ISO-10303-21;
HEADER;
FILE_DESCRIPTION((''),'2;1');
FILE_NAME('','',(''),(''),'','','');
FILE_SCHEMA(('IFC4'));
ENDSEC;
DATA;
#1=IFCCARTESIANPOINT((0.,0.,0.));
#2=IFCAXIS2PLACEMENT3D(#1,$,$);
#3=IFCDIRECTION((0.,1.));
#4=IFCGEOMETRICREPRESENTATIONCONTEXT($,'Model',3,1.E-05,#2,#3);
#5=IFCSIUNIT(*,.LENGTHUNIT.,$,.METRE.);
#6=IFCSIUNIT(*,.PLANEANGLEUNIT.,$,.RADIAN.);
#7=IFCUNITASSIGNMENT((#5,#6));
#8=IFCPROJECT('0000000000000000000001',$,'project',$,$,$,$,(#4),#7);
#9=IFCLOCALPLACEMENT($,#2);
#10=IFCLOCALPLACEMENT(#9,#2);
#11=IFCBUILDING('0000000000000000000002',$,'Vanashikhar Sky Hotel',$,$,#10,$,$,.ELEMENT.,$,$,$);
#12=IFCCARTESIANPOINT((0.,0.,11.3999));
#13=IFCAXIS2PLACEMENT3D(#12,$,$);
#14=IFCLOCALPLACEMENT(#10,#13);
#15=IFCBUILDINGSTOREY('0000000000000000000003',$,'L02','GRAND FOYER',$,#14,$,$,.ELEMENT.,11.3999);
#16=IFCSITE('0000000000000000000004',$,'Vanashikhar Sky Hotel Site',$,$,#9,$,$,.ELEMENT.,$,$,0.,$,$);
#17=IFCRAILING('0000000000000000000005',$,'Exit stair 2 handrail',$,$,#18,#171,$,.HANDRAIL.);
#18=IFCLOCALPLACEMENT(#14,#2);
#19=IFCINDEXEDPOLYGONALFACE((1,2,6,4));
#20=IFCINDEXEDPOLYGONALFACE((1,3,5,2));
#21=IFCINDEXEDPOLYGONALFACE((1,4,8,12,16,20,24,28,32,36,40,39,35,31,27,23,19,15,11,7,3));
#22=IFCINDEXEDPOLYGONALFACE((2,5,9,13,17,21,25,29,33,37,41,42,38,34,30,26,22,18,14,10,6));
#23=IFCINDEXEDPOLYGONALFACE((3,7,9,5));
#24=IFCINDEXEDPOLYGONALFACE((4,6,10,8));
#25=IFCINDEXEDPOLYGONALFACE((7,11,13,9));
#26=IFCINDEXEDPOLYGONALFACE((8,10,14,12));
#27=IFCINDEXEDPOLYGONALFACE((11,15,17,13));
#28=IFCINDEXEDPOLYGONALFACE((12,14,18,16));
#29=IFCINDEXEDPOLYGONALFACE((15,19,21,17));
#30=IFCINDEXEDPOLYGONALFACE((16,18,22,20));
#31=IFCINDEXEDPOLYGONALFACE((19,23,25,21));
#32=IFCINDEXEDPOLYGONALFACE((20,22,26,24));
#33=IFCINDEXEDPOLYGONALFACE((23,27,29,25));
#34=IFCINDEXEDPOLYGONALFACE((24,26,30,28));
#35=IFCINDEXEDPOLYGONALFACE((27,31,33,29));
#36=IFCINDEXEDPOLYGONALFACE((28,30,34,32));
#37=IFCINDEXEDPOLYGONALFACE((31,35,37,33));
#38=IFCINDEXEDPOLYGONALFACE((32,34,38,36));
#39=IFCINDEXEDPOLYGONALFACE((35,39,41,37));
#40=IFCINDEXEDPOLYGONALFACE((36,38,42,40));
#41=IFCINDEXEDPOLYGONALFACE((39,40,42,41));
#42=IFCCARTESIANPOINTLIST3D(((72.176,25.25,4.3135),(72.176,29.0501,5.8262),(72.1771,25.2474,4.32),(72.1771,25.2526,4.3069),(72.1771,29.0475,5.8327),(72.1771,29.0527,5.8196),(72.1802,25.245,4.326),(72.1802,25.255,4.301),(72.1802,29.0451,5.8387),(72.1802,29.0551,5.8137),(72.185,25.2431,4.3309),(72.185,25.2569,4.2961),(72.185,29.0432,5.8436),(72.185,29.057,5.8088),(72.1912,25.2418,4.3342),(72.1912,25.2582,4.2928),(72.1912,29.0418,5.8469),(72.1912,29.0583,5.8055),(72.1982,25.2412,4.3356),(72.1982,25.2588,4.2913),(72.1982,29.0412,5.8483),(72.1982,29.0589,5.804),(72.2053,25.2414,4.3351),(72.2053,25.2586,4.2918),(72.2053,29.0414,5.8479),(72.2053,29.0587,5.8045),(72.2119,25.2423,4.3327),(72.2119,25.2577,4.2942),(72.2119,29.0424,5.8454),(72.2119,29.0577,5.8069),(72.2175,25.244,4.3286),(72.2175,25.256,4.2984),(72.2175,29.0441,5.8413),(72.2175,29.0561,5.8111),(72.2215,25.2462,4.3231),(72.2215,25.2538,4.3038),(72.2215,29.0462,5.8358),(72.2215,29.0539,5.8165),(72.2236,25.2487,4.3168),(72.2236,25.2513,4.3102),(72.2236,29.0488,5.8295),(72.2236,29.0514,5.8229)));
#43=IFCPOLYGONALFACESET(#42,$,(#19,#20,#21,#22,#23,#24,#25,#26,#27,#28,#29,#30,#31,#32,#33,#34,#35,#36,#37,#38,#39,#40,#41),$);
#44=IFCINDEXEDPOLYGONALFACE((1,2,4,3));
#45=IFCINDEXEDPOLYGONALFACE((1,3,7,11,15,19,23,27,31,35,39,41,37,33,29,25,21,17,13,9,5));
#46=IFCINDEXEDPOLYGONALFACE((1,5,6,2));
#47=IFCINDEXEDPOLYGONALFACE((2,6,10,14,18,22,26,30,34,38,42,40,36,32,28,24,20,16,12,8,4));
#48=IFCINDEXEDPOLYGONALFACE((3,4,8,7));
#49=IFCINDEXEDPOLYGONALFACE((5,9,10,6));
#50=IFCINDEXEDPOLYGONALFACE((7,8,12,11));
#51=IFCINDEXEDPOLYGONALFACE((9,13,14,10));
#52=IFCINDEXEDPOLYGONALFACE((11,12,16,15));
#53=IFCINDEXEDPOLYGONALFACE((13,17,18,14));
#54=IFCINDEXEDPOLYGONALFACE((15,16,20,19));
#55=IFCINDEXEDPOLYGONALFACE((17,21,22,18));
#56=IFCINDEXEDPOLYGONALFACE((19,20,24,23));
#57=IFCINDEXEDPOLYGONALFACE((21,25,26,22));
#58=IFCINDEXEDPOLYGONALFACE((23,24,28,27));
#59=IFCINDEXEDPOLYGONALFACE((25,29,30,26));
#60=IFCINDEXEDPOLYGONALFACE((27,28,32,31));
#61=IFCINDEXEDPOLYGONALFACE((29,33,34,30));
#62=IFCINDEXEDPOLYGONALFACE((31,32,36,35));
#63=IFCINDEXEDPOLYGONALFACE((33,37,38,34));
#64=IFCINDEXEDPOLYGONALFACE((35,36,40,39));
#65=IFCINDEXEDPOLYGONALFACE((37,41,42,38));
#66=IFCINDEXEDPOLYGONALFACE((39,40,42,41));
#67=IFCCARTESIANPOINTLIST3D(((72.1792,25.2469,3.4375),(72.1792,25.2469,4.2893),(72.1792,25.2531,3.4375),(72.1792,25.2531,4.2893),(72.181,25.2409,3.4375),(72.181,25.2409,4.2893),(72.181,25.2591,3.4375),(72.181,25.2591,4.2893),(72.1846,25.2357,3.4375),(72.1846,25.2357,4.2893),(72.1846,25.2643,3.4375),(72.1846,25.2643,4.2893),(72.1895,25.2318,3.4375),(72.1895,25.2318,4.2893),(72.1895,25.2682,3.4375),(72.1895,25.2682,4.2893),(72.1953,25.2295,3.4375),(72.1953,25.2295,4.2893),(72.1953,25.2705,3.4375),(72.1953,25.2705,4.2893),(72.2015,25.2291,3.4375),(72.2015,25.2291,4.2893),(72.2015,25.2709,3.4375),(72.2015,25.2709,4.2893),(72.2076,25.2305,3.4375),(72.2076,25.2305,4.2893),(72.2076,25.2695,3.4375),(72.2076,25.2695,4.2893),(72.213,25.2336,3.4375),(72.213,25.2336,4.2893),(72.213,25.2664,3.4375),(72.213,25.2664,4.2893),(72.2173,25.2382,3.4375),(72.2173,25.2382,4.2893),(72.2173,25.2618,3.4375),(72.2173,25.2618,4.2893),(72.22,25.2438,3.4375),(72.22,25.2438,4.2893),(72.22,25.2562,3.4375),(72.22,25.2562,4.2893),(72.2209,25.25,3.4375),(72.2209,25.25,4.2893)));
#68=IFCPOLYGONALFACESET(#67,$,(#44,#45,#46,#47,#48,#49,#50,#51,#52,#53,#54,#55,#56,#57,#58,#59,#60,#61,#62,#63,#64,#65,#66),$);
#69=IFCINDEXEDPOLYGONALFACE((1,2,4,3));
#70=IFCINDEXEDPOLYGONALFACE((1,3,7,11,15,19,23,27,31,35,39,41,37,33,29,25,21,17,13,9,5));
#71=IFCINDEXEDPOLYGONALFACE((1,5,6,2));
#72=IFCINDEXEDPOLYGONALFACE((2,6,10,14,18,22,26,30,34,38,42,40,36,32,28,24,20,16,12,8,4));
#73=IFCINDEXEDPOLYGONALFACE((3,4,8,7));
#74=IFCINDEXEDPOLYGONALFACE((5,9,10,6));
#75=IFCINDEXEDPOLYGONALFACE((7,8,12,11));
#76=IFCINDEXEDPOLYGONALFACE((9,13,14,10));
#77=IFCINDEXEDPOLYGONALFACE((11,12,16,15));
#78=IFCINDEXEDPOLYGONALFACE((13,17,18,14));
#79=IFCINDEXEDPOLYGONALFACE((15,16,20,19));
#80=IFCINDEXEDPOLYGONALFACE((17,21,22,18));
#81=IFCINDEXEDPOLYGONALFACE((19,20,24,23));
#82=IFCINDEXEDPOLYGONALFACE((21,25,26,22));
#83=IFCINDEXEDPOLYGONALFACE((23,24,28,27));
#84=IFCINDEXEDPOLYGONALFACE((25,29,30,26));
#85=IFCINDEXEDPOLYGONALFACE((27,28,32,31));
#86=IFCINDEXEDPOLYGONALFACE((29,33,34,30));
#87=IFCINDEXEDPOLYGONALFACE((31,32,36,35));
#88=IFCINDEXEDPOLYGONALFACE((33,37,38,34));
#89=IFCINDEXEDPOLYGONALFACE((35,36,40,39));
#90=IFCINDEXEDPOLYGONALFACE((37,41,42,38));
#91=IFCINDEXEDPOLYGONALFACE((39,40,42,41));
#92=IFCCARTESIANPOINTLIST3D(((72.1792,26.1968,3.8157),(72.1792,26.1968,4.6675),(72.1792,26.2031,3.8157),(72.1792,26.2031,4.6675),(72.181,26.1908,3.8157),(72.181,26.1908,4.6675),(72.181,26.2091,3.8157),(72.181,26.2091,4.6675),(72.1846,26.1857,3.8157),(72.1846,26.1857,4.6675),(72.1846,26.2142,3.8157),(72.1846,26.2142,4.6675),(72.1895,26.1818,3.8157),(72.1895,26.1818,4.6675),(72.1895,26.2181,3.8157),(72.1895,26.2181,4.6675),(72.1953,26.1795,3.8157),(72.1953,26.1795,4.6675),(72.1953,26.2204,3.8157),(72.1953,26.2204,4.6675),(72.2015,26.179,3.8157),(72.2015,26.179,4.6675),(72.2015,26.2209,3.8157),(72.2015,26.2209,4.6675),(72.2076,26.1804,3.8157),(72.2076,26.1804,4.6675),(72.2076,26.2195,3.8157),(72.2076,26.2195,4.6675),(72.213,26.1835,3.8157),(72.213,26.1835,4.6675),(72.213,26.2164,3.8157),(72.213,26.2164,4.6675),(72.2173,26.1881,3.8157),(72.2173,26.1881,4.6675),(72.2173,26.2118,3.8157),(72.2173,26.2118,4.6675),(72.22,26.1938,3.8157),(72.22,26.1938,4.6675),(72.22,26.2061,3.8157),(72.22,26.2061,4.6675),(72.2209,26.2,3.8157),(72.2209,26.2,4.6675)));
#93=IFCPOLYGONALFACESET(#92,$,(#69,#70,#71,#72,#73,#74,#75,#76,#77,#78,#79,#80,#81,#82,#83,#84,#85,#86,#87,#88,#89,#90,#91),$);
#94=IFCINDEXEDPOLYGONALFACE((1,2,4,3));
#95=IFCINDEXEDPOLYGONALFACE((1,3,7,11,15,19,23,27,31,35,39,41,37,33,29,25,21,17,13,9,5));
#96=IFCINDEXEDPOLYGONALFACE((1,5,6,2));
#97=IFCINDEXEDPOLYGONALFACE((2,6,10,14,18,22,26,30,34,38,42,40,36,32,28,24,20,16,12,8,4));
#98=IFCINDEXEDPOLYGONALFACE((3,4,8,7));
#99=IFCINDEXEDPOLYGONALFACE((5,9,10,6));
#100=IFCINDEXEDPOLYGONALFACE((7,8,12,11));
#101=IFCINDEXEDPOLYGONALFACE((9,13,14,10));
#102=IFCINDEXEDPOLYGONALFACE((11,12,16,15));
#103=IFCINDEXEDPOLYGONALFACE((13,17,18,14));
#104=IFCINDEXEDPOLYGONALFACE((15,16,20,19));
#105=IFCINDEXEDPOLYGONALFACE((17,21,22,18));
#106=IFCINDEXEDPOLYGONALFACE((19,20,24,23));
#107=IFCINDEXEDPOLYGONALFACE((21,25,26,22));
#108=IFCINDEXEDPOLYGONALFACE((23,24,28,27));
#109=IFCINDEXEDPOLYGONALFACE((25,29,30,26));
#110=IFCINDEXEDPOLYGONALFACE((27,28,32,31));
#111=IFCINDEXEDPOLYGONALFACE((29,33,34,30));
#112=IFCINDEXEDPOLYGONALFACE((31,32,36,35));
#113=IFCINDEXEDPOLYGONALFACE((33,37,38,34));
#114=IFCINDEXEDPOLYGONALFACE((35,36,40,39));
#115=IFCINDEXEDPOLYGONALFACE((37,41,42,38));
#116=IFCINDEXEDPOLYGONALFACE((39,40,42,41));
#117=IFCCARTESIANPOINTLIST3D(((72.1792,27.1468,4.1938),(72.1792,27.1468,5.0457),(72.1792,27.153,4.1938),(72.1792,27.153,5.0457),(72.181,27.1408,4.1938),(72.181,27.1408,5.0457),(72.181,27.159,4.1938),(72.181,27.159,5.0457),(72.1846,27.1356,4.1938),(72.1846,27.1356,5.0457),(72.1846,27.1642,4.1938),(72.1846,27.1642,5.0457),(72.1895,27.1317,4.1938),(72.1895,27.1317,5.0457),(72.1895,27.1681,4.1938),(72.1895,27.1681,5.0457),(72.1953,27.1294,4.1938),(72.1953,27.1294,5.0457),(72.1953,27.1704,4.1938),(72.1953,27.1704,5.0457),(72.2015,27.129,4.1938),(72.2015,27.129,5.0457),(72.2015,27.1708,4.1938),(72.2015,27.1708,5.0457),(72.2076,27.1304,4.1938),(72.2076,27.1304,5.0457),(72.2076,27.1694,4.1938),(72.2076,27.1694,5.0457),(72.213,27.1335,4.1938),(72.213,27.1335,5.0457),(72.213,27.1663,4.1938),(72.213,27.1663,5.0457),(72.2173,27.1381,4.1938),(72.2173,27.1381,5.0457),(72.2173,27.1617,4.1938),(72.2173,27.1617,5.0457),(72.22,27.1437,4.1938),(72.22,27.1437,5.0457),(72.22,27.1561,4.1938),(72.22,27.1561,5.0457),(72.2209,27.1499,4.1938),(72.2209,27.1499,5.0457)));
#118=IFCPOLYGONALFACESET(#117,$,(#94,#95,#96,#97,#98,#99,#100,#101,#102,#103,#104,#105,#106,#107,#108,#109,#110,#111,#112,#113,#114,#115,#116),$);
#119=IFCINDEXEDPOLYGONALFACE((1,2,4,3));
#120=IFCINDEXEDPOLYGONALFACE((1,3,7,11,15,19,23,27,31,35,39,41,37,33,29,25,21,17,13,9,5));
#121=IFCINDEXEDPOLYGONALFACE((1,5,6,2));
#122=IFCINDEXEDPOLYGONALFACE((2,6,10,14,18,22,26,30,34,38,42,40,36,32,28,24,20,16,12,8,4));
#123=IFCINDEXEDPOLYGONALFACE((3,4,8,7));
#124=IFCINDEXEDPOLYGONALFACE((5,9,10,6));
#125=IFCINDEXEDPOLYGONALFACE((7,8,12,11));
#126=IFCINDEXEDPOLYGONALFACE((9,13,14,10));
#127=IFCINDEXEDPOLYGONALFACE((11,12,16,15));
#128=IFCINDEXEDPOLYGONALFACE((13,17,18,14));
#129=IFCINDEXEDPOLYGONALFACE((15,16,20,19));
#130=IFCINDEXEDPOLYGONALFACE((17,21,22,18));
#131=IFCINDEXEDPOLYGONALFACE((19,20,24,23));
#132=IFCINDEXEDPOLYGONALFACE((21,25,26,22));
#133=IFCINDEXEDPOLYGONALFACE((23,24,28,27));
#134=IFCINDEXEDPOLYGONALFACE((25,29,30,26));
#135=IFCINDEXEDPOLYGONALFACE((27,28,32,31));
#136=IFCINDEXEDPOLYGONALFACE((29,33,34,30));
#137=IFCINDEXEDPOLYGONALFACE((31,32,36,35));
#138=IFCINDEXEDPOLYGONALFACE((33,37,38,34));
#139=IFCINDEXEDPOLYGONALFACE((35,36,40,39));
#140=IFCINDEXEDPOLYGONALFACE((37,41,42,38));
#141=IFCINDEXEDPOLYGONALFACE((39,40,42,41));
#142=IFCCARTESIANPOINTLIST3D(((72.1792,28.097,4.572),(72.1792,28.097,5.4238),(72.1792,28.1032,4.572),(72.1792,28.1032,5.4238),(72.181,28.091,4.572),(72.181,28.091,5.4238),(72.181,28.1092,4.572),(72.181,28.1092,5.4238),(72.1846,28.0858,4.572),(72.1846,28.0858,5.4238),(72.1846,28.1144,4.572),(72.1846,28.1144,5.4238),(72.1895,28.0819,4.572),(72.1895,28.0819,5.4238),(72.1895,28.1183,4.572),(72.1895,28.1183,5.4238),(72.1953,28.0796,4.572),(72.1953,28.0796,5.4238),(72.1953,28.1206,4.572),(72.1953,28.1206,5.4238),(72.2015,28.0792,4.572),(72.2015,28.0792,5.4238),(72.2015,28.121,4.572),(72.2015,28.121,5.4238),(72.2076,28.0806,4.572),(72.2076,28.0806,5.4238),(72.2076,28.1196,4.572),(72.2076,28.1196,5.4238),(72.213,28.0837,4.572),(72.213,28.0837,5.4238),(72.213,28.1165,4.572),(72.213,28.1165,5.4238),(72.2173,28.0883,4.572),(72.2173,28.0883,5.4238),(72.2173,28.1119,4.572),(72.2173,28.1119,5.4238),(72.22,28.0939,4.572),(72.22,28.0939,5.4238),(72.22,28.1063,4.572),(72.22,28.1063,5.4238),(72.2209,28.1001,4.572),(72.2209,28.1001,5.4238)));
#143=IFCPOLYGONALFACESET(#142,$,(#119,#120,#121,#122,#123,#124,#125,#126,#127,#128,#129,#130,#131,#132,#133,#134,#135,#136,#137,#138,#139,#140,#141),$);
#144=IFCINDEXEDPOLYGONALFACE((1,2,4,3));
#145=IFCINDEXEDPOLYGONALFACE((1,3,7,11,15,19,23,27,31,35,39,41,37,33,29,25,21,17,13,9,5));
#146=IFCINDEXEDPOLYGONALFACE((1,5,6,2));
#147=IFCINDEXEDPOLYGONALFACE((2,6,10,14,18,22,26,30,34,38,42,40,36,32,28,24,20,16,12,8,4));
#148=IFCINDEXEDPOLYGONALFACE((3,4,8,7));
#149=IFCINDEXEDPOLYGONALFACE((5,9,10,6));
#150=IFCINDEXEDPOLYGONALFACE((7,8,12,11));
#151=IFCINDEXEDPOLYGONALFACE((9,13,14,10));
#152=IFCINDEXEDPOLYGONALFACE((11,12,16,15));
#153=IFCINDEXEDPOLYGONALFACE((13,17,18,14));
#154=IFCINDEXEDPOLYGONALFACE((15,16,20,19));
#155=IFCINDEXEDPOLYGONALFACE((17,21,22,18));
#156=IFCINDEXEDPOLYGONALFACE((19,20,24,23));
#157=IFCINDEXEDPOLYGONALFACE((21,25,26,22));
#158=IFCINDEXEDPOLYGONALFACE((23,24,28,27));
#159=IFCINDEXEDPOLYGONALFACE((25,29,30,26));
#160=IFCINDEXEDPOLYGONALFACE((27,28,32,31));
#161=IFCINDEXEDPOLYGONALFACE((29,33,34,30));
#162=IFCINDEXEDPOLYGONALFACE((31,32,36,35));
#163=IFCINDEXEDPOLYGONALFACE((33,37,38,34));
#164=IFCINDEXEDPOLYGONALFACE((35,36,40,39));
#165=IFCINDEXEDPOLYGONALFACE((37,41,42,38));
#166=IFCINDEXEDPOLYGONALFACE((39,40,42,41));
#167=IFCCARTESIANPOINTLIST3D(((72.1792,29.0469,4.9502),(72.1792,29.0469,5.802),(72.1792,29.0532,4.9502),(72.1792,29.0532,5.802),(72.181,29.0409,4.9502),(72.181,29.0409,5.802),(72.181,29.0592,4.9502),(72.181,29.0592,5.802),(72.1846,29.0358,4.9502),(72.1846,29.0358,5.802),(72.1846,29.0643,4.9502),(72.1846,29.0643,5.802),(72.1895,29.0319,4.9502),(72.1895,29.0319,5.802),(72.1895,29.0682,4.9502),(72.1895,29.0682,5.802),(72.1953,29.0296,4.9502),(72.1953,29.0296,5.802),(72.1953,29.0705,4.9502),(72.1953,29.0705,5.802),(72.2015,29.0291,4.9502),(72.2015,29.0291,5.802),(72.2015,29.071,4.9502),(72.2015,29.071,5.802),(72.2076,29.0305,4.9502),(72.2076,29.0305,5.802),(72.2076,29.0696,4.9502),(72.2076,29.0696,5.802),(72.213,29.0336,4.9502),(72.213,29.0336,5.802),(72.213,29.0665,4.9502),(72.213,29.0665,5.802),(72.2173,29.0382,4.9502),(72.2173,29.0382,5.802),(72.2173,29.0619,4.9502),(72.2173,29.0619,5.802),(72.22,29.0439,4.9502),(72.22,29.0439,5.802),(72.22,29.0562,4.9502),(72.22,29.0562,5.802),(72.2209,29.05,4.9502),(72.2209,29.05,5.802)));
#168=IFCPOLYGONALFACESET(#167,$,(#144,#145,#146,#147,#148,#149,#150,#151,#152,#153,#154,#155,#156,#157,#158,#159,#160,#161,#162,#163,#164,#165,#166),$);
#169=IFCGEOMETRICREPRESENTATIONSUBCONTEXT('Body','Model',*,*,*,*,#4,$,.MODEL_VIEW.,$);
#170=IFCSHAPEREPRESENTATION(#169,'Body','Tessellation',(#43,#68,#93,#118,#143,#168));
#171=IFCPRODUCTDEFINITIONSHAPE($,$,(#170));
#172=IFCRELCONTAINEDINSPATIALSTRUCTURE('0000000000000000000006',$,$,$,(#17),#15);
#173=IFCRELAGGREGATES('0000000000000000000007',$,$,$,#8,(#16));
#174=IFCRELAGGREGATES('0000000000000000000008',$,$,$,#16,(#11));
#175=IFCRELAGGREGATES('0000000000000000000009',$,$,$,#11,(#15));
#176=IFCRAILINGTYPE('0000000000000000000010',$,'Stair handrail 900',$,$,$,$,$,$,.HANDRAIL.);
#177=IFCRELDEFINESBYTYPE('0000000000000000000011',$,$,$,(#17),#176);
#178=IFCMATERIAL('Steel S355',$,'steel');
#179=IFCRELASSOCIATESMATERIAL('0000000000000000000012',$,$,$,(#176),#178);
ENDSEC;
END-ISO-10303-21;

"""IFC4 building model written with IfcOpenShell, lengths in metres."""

from ifc_helpers import new_model, si_unit, direction, frame, origin, origin_2d, place, context, subcontext, project, spatial, circle, extrude, source, transform, mapped, material, type_object, element, save


model = new_model("IFC4")

# Units and contexts
model_context = context("Model", 3, precision=1e-05, world=origin(), true_north=direction((0.0, 1.0)))
body_context = subcontext(model_context, "Body", "Model", "MODEL_VIEW")
ifc_project = project(units=[si_unit("LENGTHUNIT", "METRE"), si_unit("PLANEANGLEUNIT", "RADIAN")], contexts=[model_context])

# Site, building, storey
site_placement = place(None, origin())
site = spatial("IfcSite", under=ifc_project, at=site_placement, Name="Vanashikhar Sky Hotel Site", CompositionType="ELEMENT", RefElevation=0.0)
building_placement = place(site_placement, origin())
building = spatial("IfcBuilding", under=site, at=building_placement, Name="Vanashikhar Sky Hotel", CompositionType="ELEMENT")
storey_placement = place(building_placement, frame((0.0, 0.0, 11.3999)))
storey = spatial("IfcBuildingStorey", under=building, at=storey_placement, Name="L02", Description="GRAND FOYER", CompositionType="ELEMENT", Elevation=11.3999)

# Railing
ifc_material_1 = material(Name="Steel S355", Category="steel")
railing_type_1 = type_object("IfcRailingType", Name="Stair handrail 900", PredefinedType="HANDRAIL", material=ifc_material_1)
shared_shape_1 = source(origin(), body_context, "Body", "SweptSolid", [
    extrude(circle(Radius=0.0239, at=origin_2d()), frame((0.0, 0.0, 0.876), z_axis=(0.0, 0.929093, 0.369846), x_axis=(-1.0, 0.0, 0.0)), (0.0, 0.0, 1.0), 4.0901),
    extrude(circle(Radius=0.021, at=origin_2d()), origin(), (0.0, 0.0, 1.0), 0.8518),
    extrude(circle(Radius=0.021, at=origin_2d()), frame((0.0, 0.95, 0.3782)), (0.0, 0.0, 1.0), 0.8518),
    extrude(circle(Radius=0.021, at=origin_2d()), frame((0.0, 1.8999, 0.7563)), (0.0, 0.0, 1.0), 0.8518),
    extrude(circle(Radius=0.021, at=origin_2d()), frame((0.0, 2.8501, 1.1345)), (0.0, 0.0, 1.0), 0.8518),
    extrude(circle(Radius=0.021, at=origin_2d()), frame((0.0, 3.8, 1.5127)), (0.0, 0.0, 1.0), 0.8518),
])
railing_1_placement = place(storey_placement, frame((72.2, 25.25, 3.4375)))
element("IfcRailing", 1, at=railing_1_placement, inside=storey, type_object=railing_type_1, Name="Exit stair 2 handrail", PredefinedType="HANDRAIL", context=body_context, shape_type="MappedRepresentation", body=[
    mapped(shared_shape_1, transform((0.0, 0.0, 0.0), scale=1.0)),
])

save(model, "model.ifc")
